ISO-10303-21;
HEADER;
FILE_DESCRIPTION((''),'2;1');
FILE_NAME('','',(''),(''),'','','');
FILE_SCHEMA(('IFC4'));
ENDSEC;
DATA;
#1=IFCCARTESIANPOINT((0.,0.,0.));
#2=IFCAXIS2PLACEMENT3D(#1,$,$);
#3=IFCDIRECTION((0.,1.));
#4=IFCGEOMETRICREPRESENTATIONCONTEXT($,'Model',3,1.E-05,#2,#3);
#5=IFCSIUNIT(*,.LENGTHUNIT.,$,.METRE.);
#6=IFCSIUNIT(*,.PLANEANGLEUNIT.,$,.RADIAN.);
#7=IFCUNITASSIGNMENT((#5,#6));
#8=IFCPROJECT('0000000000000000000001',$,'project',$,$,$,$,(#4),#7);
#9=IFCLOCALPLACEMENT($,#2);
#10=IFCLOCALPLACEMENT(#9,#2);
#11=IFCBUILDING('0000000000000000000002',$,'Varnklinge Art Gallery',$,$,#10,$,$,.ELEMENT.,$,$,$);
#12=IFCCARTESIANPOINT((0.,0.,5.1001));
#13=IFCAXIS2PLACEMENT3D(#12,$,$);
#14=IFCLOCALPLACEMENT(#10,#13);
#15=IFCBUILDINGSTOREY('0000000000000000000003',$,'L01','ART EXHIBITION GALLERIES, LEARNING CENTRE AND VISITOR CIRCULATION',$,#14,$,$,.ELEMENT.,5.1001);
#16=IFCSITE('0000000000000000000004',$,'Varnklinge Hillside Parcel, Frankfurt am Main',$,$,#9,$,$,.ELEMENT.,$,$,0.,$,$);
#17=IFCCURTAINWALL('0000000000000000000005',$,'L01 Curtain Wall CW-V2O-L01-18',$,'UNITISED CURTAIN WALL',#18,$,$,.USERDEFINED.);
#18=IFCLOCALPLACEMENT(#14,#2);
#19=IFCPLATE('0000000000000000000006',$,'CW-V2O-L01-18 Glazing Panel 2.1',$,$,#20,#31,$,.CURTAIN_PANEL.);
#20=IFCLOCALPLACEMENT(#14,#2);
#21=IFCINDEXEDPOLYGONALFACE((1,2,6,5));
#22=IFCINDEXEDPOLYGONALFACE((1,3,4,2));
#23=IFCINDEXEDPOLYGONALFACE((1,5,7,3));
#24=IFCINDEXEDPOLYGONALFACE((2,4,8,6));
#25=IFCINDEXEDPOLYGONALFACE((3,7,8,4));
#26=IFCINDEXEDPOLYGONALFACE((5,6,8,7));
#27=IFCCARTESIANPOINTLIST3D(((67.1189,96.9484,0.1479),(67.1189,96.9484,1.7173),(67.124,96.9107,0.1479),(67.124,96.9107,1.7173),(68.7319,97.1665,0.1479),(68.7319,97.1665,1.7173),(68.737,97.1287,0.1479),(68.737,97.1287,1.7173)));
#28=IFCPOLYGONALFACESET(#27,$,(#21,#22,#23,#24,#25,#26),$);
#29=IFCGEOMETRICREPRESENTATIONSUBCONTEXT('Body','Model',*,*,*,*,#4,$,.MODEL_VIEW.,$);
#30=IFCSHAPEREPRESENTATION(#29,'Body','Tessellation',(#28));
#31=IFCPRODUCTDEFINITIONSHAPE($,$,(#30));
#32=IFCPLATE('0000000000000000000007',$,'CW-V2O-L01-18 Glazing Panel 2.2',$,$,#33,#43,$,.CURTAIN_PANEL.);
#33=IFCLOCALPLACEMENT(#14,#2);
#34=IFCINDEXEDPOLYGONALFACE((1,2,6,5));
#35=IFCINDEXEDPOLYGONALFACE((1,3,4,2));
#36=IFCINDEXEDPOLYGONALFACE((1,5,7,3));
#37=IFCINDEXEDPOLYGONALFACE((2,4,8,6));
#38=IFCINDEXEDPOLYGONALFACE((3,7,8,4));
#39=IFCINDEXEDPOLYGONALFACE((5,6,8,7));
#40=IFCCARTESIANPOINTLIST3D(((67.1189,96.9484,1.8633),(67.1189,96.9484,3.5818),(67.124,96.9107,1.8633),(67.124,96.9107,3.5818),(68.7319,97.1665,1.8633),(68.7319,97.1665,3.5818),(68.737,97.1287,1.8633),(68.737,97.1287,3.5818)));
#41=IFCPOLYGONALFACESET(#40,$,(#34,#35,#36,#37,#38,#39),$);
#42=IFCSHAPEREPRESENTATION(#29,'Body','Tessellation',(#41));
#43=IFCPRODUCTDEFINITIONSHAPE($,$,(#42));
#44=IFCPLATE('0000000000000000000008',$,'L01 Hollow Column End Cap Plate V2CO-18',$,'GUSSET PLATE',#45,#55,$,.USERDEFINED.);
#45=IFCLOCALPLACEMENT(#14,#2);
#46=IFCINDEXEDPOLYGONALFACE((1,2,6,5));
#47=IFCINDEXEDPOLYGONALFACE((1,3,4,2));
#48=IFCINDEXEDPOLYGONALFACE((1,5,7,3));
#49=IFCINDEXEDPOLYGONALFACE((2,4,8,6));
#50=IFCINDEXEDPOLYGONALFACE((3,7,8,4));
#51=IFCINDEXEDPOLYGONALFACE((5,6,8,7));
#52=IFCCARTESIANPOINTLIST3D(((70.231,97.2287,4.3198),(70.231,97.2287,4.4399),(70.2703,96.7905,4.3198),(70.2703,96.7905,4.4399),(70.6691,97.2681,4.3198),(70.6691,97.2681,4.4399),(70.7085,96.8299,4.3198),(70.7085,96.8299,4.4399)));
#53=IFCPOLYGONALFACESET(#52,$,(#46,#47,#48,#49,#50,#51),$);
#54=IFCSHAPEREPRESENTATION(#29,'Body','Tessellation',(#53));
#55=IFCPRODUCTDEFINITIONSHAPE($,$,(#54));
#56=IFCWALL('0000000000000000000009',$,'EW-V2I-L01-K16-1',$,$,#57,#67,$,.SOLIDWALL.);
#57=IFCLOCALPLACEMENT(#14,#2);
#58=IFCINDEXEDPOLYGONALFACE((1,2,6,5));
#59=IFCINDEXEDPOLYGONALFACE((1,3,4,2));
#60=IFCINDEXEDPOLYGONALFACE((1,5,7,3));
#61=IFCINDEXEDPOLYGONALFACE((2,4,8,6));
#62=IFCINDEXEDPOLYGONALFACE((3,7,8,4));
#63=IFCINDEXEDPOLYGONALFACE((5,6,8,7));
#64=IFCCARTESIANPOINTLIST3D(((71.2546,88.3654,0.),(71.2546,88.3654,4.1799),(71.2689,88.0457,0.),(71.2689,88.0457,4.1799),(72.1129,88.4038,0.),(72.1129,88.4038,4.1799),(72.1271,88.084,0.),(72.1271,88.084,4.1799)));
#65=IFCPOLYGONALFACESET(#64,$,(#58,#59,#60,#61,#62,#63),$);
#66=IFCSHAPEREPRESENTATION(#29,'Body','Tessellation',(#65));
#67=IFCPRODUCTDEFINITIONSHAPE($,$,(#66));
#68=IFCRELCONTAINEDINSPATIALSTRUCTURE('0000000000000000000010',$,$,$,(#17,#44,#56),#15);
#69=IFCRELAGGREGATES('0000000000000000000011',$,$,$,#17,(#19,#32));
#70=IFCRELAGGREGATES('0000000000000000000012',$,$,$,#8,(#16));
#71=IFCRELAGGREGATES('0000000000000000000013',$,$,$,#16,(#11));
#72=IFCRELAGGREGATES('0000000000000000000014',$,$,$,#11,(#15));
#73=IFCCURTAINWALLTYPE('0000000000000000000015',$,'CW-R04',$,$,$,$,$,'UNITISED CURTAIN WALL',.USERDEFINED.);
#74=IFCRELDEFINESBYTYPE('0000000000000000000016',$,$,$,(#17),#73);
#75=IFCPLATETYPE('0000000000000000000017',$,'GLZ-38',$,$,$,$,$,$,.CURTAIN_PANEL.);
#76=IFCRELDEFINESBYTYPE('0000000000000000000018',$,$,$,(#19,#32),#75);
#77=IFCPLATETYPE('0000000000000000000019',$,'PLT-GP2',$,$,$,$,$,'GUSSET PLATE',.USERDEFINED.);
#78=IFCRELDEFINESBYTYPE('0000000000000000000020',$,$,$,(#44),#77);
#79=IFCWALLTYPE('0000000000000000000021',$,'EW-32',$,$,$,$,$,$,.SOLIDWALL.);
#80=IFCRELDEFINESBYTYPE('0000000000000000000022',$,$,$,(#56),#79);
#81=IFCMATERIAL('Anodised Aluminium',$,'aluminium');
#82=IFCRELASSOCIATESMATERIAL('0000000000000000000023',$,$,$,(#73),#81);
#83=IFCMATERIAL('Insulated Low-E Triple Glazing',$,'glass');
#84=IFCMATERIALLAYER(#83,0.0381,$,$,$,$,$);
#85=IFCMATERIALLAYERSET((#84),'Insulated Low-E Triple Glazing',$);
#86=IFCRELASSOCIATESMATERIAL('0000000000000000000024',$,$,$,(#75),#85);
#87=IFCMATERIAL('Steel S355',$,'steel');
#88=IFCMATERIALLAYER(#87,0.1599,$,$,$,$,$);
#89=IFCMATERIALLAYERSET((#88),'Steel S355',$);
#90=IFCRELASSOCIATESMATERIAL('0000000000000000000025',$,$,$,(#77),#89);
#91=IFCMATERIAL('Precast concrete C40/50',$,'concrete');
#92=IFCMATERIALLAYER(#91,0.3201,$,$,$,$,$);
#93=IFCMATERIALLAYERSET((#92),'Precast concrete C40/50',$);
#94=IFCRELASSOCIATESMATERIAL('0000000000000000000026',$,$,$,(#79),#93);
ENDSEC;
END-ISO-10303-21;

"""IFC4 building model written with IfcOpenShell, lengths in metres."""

from ifc_helpers import new_model, si_unit, direction, frame, frame_2d, origin, origin_2d, place, context, subcontext, project, spatial, rectangle, extrude, material, layer, layer_set, type_object, element, aggregate, save


model = new_model("IFC4")

# Units and contexts
model_context = context("Model", 3, precision=1e-05, world=origin(), true_north=direction((0.0, 1.0)))
body_context = subcontext(model_context, "Body", "Model", "MODEL_VIEW")
ifc_project = project(units=[si_unit("LENGTHUNIT", "METRE"), si_unit("PLANEANGLEUNIT", "RADIAN")], contexts=[model_context])

# Site, building, storey
site_placement = place(None, origin())
site = spatial("IfcSite", under=ifc_project, at=site_placement, Name="Varnklinge Hillside Parcel, Frankfurt am Main", CompositionType="ELEMENT", RefElevation=0.0)
building_placement = place(site_placement, origin())
building = spatial("IfcBuilding", under=site, at=building_placement, Name="Varnklinge Art Gallery", CompositionType="ELEMENT")
storey_placement = place(building_placement, frame((0.0, 0.0, 5.1001)))
storey = spatial("IfcBuildingStorey", under=building, at=storey_placement, Name="L01", Description="ART EXHIBITION GALLERIES, LEARNING CENTRE AND VISITOR CIRCULATION", CompositionType="ELEMENT", Elevation=5.1001)

# Curtain wall
ifc_material_1 = material(Name="Anodised Aluminium", Category="aluminium")
curtain_wall_type = type_object("IfcCurtainWallType", Name="CW-R04", ElementType="UNITISED CURTAIN WALL", PredefinedType="USERDEFINED", material=ifc_material_1)
curtain_wall_placement = place(storey_placement, origin())
curtain_wall = element("IfcCurtainWall", 1, at=curtain_wall_placement, inside=storey, type_object=curtain_wall_type, Name="L01 Curtain Wall CW-V2O-L01-18", ObjectType="UNITISED CURTAIN WALL", PredefinedType="USERDEFINED")

# Plates
ifc_material_2 = material(Name="Insulated Low-E Triple Glazing", Category="glass")
ifc_layer_1 = layer(ifc_material_2, 0.0381)
ifc_layer_set_1 = layer_set([ifc_layer_1], Name="Insulated Low-E Triple Glazing")
plate_type_1 = type_object("IfcPlateType", Name="GLZ-38", PredefinedType="CURTAIN_PANEL", material=ifc_layer_set_1)
plate_1_placement = place(storey_placement, frame((67.928, 97.0386, 0.1479), z_axis=(0.0, 0.0, 1.0), x_axis=(-0.990983, -0.133986, 0.0)))
plate_1 = element("IfcPlate", 2, at=plate_1_placement, type_object=plate_type_1, Name="CW-V2O-L01-18 Glazing Panel 2.1", PredefinedType="CURTAIN_PANEL", context=body_context, shape_type="SweptSolid", body=[
    extrude(rectangle(XDim=1.6277, YDim=0.0381, at=origin_2d()), origin(), (0.0, 0.0, 1.0), 1.5693),
])
plate_2_placement = place(storey_placement, frame((67.928, 97.0386, 1.8633), z_axis=(0.0, 0.0, 1.0), x_axis=(-0.990983, -0.133986, 0.0)))
plate_2 = element("IfcPlate", 3, at=plate_2_placement, type_object=plate_type_1, Name="CW-V2O-L01-18 Glazing Panel 2.2", PredefinedType="CURTAIN_PANEL", context=body_context, shape_type="SweptSolid", body=[
    extrude(rectangle(XDim=1.6277, YDim=0.0381, at=origin_2d()), origin(), (0.0, 0.0, 1.0), 1.7185),
])
aggregate(curtain_wall, [plate_1, plate_2])
ifc_material_3 = material(Name="Steel S355", Category="steel")
ifc_layer_2 = layer(ifc_material_3, 0.1599)
ifc_layer_set_2 = layer_set([ifc_layer_2], Name="Steel S355")
plate_type_2 = type_object("IfcPlateType", Name="PLT-GP2", ElementType="GUSSET PLATE", PredefinedType="USERDEFINED", material=ifc_layer_set_2)
plate_3_placement = place(storey_placement, frame((70.4697, 97.0293, 4.3198), z_axis=(0.0, 0.0, 1.0), x_axis=(0.089416, -0.995994, 0.0)))
element("IfcPlate", 4, at=plate_3_placement, inside=storey, type_object=plate_type_2, Name="L01 Hollow Column End Cap Plate V2CO-18", ObjectType="GUSSET PLATE", PredefinedType="USERDEFINED", context=body_context, shape_type="SweptSolid", body=[
    extrude(rectangle(XDim=0.4399, YDim=0.4399, at=origin_2d()), origin(), (0.0, 0.0, 1.0), 0.1201),
])

# Wall
ifc_material_4 = material(Name="Precast concrete C40/50", Category="concrete")
ifc_layer_3 = layer(ifc_material_4, 0.3201)
ifc_layer_set_3 = layer_set([ifc_layer_3], Name="Precast concrete C40/50")
wall_type = type_object("IfcWallType", Name="EW-32", PredefinedType="SOLIDWALL", material=ifc_layer_set_3)
wall_placement = place(storey_placement, frame((72.1201, 88.2439, 0.0), z_axis=(0.0, 0.0, 1.0), x_axis=(-0.999004, -0.044621, 0.0)))
element("IfcWall", 5, at=wall_placement, inside=storey, type_object=wall_type, Name="EW-V2I-L01-K16-1", PredefinedType="SOLIDWALL", context=body_context, shape_type="SweptSolid", body=[
    extrude(rectangle(XDim=0.8591, YDim=0.3201, at=frame_2d((0.4297, 0.0))), origin(), (0.0, 0.0, 1.0), 4.1799),
])

save(model, "model.ifc")
